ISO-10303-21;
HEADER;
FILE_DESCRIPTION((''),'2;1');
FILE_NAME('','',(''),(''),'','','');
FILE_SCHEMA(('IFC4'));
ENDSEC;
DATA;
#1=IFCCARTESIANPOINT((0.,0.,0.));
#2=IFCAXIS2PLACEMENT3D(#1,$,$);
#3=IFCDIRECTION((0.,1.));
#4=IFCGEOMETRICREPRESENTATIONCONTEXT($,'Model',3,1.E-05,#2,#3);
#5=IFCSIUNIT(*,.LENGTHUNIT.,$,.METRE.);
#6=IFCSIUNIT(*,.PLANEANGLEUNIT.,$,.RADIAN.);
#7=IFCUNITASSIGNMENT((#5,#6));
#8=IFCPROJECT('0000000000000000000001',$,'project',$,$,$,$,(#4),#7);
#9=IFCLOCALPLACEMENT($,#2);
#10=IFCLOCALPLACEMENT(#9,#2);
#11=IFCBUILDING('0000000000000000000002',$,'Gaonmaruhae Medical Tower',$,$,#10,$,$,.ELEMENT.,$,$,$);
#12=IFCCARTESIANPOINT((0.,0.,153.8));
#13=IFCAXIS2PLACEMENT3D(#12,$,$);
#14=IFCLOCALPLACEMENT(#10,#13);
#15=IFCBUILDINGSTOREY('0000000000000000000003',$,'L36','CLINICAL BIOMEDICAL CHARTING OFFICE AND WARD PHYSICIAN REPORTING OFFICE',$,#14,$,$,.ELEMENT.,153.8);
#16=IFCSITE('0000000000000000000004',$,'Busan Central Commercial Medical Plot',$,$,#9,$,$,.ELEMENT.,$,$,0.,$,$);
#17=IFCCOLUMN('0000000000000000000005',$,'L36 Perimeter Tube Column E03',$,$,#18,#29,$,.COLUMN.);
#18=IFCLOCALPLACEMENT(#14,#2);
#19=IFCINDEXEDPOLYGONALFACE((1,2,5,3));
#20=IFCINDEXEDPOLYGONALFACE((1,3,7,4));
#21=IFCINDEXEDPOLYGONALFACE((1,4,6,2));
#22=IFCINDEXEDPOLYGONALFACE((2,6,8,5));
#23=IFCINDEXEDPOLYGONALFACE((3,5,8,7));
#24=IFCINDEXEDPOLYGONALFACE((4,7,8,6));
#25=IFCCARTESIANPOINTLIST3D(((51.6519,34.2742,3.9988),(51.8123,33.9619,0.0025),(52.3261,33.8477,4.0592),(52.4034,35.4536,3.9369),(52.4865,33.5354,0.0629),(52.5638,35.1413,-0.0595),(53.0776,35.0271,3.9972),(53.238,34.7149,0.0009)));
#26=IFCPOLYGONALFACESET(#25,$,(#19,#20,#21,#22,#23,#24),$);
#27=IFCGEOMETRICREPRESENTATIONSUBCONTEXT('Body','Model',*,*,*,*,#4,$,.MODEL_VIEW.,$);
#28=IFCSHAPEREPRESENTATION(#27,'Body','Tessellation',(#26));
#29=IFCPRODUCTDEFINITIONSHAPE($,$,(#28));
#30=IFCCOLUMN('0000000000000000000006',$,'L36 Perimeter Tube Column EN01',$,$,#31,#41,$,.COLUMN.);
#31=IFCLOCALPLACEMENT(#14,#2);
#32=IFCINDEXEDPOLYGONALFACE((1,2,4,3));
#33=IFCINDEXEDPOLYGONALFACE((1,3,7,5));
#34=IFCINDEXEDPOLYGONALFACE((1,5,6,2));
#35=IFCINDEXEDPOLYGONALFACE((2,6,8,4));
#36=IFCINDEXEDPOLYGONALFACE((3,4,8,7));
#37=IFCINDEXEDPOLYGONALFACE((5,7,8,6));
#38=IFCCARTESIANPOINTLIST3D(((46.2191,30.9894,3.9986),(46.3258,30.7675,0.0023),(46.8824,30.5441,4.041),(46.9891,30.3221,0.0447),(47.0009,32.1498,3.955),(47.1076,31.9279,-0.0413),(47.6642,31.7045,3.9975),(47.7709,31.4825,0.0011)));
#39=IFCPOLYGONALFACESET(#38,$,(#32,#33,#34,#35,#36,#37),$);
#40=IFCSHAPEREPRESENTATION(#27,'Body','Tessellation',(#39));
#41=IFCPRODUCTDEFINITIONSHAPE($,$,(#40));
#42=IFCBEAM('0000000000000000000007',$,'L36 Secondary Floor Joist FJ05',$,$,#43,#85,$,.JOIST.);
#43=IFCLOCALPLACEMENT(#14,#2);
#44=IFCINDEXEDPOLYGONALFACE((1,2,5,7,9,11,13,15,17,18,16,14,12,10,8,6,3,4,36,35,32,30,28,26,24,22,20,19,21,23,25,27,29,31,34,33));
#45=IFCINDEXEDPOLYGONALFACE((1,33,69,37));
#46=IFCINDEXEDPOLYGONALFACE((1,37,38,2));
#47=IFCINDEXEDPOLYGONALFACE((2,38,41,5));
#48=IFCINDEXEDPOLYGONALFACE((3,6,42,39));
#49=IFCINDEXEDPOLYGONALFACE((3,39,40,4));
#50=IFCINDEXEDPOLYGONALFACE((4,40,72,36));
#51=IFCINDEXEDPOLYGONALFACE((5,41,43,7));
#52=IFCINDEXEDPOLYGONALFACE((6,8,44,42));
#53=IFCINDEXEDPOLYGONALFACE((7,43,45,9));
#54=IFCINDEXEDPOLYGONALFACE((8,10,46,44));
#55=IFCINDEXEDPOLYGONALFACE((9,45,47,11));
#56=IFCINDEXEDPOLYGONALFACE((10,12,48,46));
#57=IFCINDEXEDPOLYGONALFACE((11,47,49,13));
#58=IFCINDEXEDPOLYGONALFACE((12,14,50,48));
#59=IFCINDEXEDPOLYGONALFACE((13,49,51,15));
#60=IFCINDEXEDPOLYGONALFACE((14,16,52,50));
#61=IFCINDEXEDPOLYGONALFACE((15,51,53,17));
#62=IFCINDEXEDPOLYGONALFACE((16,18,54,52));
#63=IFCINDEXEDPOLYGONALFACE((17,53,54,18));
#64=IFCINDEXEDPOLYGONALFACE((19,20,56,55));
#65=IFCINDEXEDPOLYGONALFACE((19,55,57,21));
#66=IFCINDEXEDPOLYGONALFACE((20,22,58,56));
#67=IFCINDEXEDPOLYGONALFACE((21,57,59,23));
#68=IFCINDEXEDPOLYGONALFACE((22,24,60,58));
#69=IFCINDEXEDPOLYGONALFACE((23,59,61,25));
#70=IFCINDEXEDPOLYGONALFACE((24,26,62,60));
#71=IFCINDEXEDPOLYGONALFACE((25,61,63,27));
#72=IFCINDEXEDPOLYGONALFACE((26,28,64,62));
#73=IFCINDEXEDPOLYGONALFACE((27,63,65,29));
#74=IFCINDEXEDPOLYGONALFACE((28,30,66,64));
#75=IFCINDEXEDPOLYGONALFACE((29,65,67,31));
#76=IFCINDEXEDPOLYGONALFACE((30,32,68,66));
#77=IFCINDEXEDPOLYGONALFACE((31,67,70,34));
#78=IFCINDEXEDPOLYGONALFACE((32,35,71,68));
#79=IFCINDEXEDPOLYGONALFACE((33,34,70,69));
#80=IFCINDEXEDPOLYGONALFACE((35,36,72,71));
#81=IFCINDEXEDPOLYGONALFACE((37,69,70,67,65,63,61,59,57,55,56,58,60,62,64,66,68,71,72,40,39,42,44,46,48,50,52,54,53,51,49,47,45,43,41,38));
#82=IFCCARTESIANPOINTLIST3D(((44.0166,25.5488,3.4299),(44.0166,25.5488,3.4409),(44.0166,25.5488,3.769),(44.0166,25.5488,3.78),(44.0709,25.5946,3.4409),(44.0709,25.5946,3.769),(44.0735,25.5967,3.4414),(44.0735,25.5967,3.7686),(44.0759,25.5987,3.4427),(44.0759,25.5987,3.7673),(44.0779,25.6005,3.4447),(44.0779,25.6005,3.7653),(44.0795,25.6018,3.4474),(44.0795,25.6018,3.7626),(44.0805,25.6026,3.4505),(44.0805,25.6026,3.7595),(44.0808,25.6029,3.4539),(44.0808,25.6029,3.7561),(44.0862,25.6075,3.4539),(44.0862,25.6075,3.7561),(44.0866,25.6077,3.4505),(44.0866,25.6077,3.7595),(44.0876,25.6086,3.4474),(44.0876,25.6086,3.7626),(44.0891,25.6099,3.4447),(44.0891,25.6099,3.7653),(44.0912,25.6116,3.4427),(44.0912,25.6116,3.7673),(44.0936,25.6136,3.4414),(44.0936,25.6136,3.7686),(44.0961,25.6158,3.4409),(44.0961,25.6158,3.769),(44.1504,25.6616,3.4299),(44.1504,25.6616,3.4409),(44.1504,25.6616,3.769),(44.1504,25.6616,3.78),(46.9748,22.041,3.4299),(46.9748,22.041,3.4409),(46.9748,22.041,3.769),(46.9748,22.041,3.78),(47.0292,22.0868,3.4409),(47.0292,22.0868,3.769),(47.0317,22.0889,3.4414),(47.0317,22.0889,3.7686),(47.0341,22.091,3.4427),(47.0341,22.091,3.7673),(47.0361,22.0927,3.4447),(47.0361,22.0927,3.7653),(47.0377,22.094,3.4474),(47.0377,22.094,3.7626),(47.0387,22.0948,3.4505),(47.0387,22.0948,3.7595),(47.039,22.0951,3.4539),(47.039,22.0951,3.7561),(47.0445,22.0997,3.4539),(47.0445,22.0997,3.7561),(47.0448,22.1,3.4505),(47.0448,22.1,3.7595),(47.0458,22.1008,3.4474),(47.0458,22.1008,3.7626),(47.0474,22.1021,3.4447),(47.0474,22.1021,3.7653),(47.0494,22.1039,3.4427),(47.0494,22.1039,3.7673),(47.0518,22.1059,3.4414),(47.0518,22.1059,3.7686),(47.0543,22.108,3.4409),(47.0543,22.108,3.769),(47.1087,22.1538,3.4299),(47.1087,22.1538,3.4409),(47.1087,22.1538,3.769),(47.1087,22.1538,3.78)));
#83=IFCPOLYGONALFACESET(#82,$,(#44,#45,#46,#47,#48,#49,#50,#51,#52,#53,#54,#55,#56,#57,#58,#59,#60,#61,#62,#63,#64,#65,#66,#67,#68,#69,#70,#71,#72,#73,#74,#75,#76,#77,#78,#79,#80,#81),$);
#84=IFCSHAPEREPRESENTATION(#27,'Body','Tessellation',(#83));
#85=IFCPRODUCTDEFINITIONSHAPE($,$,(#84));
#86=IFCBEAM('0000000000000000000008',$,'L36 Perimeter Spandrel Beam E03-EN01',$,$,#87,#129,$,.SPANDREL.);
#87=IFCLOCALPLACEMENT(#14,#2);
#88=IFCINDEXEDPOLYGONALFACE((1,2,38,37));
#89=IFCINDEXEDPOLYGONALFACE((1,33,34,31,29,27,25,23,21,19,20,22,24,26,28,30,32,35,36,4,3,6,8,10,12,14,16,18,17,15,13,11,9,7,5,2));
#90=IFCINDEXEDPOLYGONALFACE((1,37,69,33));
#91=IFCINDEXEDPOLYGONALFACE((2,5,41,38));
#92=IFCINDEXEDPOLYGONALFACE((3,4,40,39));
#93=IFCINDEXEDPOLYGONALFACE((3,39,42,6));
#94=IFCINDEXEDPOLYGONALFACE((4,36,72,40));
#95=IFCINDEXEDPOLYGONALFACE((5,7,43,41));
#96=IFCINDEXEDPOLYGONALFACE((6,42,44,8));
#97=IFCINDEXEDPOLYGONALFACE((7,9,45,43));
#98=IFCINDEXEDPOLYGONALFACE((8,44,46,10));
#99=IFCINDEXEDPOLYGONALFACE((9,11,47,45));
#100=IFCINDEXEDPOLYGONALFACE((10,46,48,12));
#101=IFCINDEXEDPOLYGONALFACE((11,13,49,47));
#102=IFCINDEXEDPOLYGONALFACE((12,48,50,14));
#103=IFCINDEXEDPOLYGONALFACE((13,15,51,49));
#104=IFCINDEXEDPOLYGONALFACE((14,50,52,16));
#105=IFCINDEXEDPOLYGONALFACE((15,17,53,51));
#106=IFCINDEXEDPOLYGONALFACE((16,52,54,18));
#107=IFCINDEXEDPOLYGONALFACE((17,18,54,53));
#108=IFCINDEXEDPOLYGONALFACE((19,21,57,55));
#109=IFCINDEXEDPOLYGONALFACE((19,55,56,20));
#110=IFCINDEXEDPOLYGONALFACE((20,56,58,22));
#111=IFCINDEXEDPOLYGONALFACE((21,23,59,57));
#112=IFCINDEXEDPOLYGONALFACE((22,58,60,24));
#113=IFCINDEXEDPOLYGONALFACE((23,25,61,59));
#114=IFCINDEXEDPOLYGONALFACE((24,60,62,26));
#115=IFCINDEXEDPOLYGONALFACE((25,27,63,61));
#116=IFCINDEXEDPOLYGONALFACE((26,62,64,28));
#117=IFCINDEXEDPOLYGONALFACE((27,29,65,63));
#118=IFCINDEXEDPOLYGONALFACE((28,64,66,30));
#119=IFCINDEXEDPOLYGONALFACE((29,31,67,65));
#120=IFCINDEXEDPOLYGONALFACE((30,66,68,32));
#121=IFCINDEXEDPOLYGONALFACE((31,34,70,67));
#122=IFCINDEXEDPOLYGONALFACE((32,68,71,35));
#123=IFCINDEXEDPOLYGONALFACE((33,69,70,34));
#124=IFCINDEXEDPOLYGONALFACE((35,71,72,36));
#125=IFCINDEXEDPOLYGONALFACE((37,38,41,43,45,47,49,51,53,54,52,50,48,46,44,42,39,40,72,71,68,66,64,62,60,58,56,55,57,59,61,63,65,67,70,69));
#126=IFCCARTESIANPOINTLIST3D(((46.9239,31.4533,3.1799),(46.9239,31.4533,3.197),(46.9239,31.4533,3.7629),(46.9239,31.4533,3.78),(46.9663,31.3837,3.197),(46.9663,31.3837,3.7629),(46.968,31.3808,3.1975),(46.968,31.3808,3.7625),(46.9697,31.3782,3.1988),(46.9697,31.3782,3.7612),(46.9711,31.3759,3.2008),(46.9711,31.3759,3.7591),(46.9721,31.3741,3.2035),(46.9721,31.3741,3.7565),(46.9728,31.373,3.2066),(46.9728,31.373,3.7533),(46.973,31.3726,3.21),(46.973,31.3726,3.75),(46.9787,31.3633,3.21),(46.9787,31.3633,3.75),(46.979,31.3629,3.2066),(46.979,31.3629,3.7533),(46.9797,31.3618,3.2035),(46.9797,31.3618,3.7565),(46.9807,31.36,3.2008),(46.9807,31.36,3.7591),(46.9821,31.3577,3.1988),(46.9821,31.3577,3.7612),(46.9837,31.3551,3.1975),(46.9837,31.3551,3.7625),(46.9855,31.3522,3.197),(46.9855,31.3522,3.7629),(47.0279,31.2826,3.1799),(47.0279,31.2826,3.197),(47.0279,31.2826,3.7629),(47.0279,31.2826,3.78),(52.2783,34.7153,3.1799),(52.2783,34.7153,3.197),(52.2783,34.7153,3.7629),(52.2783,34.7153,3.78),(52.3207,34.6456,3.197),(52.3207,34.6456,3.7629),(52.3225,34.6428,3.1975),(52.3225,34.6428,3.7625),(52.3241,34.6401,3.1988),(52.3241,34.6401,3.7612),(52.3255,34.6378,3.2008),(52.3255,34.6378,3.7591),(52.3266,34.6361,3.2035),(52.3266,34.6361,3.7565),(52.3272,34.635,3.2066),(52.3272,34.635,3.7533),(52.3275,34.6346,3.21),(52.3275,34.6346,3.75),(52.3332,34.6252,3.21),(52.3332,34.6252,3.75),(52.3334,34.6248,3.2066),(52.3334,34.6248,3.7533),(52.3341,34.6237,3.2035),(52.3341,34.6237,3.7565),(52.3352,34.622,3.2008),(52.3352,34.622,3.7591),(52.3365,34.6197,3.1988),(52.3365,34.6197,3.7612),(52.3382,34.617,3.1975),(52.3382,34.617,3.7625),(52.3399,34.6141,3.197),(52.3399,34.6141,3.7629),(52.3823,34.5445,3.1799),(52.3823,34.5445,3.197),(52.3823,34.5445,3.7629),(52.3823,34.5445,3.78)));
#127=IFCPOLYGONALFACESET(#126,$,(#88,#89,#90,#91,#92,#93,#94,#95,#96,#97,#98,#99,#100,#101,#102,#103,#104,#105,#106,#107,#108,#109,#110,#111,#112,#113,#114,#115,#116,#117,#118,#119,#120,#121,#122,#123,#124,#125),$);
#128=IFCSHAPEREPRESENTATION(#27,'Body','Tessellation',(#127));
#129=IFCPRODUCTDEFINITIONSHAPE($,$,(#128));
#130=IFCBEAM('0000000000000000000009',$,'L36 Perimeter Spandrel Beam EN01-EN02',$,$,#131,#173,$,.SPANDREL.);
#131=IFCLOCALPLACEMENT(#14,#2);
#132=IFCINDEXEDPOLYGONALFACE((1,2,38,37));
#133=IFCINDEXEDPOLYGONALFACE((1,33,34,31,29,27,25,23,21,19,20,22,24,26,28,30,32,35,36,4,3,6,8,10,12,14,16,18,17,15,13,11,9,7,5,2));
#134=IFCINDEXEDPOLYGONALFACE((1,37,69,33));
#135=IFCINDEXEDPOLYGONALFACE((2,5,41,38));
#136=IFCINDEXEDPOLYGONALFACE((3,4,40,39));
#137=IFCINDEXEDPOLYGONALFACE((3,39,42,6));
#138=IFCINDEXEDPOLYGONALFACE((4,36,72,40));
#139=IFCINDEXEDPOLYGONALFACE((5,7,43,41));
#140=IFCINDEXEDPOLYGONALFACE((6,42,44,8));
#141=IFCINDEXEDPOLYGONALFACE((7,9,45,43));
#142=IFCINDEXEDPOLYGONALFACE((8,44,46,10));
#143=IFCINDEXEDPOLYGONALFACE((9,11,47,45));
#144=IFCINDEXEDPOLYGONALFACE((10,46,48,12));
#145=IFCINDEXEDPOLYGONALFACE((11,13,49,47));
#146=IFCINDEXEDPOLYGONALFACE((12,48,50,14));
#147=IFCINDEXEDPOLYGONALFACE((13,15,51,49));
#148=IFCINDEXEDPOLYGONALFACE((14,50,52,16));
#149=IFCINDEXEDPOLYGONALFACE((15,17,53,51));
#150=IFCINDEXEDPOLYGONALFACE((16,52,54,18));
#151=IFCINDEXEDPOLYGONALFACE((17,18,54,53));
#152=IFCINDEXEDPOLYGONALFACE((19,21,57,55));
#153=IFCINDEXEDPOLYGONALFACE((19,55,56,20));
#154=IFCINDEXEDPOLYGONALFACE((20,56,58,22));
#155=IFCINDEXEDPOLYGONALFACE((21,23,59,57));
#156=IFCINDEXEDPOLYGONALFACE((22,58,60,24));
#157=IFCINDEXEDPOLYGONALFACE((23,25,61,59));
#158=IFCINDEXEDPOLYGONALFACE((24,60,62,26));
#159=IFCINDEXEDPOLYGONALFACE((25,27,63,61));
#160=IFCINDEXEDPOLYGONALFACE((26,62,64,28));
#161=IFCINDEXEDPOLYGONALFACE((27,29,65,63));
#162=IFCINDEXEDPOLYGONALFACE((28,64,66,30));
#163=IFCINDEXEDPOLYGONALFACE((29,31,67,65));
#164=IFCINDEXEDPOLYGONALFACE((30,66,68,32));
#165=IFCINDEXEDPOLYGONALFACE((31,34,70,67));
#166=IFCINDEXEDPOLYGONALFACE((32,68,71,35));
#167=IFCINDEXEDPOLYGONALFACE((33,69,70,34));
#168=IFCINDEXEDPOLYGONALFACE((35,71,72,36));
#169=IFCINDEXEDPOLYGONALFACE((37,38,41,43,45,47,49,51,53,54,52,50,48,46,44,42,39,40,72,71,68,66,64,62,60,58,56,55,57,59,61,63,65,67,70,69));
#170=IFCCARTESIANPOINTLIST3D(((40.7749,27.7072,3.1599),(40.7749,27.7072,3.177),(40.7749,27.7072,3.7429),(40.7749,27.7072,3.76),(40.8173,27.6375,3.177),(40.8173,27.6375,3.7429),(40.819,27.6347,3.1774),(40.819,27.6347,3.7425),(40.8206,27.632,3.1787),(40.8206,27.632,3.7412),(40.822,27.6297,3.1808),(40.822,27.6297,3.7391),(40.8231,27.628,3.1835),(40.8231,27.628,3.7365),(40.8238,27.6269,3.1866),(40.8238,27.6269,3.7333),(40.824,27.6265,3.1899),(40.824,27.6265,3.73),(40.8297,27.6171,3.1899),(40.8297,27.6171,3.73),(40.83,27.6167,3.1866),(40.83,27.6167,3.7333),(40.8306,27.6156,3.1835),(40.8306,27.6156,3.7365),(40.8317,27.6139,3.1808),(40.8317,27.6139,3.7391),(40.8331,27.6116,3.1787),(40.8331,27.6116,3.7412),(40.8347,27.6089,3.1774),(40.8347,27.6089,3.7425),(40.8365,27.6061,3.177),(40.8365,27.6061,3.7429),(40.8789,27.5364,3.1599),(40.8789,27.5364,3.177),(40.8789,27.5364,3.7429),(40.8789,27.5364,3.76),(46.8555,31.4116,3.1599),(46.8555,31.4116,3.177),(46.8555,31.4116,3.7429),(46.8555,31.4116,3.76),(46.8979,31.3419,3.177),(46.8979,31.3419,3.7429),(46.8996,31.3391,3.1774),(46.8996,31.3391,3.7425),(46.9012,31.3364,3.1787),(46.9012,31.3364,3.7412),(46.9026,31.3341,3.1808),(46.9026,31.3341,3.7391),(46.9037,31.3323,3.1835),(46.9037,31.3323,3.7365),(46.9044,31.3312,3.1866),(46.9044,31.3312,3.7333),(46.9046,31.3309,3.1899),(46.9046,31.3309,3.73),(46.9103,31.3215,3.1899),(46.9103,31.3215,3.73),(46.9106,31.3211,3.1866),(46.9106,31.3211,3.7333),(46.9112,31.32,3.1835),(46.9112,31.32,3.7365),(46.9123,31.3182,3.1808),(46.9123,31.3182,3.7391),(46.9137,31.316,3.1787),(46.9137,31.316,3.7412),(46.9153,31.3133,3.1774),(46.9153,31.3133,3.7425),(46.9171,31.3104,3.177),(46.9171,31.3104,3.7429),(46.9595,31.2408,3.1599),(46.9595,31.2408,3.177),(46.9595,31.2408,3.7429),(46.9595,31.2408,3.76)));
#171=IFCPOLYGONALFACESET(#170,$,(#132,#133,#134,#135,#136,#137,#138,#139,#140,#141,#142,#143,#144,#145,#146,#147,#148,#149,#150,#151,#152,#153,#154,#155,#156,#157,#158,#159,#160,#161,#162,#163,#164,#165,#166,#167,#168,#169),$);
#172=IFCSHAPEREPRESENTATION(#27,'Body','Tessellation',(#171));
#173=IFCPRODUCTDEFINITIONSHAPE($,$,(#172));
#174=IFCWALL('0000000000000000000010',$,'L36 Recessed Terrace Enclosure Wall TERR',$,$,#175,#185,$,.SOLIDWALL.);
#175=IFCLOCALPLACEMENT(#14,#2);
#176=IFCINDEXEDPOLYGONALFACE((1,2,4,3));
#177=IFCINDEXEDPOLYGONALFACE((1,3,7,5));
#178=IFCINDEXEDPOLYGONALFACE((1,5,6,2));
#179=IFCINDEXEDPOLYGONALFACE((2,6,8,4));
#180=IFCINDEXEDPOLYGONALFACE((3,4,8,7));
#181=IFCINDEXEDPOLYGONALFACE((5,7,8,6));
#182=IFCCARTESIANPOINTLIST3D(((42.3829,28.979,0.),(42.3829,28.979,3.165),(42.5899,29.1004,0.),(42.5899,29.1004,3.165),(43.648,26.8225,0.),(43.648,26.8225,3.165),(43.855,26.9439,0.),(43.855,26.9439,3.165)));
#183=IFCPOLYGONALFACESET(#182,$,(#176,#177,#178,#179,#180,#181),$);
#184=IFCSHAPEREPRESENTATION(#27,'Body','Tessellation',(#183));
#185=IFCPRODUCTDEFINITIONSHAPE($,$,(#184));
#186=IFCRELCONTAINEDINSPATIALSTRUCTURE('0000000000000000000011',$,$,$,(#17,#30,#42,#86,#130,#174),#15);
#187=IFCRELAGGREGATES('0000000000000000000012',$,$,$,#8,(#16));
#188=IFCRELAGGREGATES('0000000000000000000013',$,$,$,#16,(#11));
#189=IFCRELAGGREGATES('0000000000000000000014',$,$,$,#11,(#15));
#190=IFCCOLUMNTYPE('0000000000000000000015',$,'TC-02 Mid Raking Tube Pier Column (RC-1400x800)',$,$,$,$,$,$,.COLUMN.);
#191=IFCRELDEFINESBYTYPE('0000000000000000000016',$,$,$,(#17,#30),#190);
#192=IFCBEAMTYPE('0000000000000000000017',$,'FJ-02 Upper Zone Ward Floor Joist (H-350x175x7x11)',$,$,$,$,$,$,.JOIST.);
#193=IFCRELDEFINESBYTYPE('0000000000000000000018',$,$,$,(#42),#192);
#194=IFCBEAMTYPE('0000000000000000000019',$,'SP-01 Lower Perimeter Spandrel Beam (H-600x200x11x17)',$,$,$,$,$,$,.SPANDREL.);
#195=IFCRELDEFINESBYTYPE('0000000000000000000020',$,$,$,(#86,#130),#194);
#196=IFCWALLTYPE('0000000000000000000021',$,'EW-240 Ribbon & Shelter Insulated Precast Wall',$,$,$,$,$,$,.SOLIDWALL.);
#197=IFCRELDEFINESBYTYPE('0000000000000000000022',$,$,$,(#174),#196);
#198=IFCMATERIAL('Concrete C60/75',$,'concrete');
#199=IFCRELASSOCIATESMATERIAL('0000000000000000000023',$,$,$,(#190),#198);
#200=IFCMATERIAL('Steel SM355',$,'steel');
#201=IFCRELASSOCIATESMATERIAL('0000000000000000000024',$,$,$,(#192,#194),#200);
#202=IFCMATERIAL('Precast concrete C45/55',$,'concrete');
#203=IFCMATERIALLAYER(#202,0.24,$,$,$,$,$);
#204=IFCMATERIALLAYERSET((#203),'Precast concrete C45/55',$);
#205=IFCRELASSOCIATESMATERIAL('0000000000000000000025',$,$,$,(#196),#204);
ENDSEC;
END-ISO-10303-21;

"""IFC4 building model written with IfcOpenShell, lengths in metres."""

from ifc_helpers import new_model, si_unit, direction, frame, frame_2d, origin, origin_2d, place, context, subcontext, project, spatial, rectangle, i_section, extrude, material, layer, layer_set, material_profile, profile_set, type_object, element, save


model = new_model("IFC4")

# Units and contexts
model_context = context("Model", 3, precision=1e-05, world=origin(), true_north=direction((0.0, 1.0)))
body_context = subcontext(model_context, "Body", "Model", "MODEL_VIEW")
ifc_project = project(units=[si_unit("LENGTHUNIT", "METRE"), si_unit("PLANEANGLEUNIT", "RADIAN")], contexts=[model_context])

# Site, building, storey
site_placement = place(None, origin())
site = spatial("IfcSite", under=ifc_project, at=site_placement, Name="Busan Central Commercial Medical Plot", CompositionType="ELEMENT", RefElevation=0.0)
building_placement = place(site_placement, origin())
building = spatial("IfcBuilding", under=site, at=building_placement, Name="Gaonmaruhae Medical Tower", CompositionType="ELEMENT")
storey_placement = place(building_placement, frame((0.0, 0.0, 153.8)))
storey = spatial("IfcBuildingStorey", under=building, at=storey_placement, Name="L36", Description="CLINICAL BIOMEDICAL CHARTING OFFICE AND WARD PHYSICIAN REPORTING OFFICE", CompositionType="ELEMENT", Elevation=153.8)

# Columns
ifc_material_1 = material(Name="Concrete C60/75", Category="concrete")
ifc_material_profile_1 = material_profile(ifc_material_1, rectangle(XDim=1.3999, YDim=0.8, at=origin_2d()), Name="RC-1400x800")
ifc_profile_set_1 = profile_set([ifc_material_profile_1], Name="Concrete C60/75")
column_type = type_object("IfcColumnType", Name="TC-02 Mid Raking Tube Pier Column (RC-1400x800)", PredefinedType="COLUMN", material=ifc_profile_set_1)
column_1_placement = place(storey_placement, frame((52.5251, 34.3384, 0.0017), z_axis=(-0.039983, 0.077836, 0.996164), x_axis=(-0.536879, -0.842496, 0.04428)))
element("IfcColumn", 1, at=column_1_placement, inside=storey, type_object=column_type, Name="L36 Perimeter Tube Column E03", PredefinedType="COLUMN", context=body_context, shape_type="SweptSolid", body=[
    extrude(rectangle(XDim=1.3999, YDim=0.8, at=origin_2d()), origin(), (0.0, 0.0, 1.0), 4.0117),
])
column_2_placement = place(storey_placement, frame((47.0483, 31.125, 0.0017), z_axis=(-0.026646, 0.055427, 0.998107), x_axis=(-0.55851, -0.828914, 0.031121)))
element("IfcColumn", 2, at=column_2_placement, inside=storey, type_object=column_type, Name="L36 Perimeter Tube Column EN01", PredefinedType="COLUMN", context=body_context, shape_type="SweptSolid", body=[
    extrude(rectangle(XDim=1.3999, YDim=0.8, at=origin_2d()), origin(), (0.0, 0.0, 1.0), 4.0039),
])

# Beams
ifc_material_2 = material(Name="Steel SM355", Category="steel")
ifc_material_profile_2 = material_profile(ifc_material_2, i_section(OverallWidth=0.175, OverallDepth=0.3501, WebThickness=0.0071, FlangeThickness=0.011, FilletRadius=0.0129, at=origin_2d()), Name="H-350x175x7x11")
ifc_profile_set_2 = profile_set([ifc_material_profile_2], Name="Steel SM355")
beam_type_1 = type_object("IfcBeamType", Name="FJ-02 Upper Zone Ward Floor Joist (H-350x175x7x11)", PredefinedType="JOIST", material=ifc_profile_set_2)
beam_1_placement = place(storey_placement, frame((47.0417, 22.0974, 3.605), z_axis=(-0.644684, 0.764449, 0.0), x_axis=(-0.764449, -0.644684, 0.0)))
element("IfcBeam", 3, at=beam_1_placement, inside=storey, type_object=beam_type_1, Name="L36 Secondary Floor Joist FJ05", PredefinedType="JOIST", context=body_context, shape_type="SweptSolid", body=[
    extrude(i_section(OverallWidth=0.175, OverallDepth=0.3501, WebThickness=0.0071, FlangeThickness=0.011, FilletRadius=0.0129, at=origin_2d()), origin(), (0.0, 0.0, 1.0), 4.5886),
])
ifc_material_profile_3 = material_profile(ifc_material_2, i_section(OverallWidth=0.2, OverallDepth=0.6001, WebThickness=0.011, FlangeThickness=0.0171, FilletRadius=0.0129, at=origin_2d()), Name="H-600x200x11x17")
ifc_profile_set_3 = profile_set([ifc_material_profile_3], Name="Steel SM355")
beam_type_2 = type_object("IfcBeamType", Name="SP-01 Lower Perimeter Spandrel Beam (H-600x200x11x17)", PredefinedType="SPANDREL", material=ifc_profile_set_3)
beam_2_placement = place(storey_placement, frame((52.3303, 34.6299, 3.48), z_axis=(-0.854007, -0.520262, 0.0), x_axis=(0.520262, -0.854007, 0.0)))
element("IfcBeam", 4, at=beam_2_placement, inside=storey, type_object=beam_type_2, Name="L36 Perimeter Spandrel Beam E03-EN01", PredefinedType="SPANDREL", context=body_context, shape_type="SweptSolid", body=[
    extrude(i_section(OverallWidth=0.2, OverallDepth=0.6001, WebThickness=0.011, FlangeThickness=0.0171, FilletRadius=0.0129, at=origin_2d()), origin(), (0.0, 0.0, 1.0), 6.2698),
])
beam_3_placement = place(storey_placement, frame((46.9075, 31.3262, 3.46), z_axis=(-0.854003, -0.520268, 0.0), x_axis=(0.520268, -0.854003, 0.0)))
element("IfcBeam", 5, at=beam_3_placement, inside=storey, type_object=beam_type_2, Name="L36 Perimeter Spandrel Beam EN01-EN02", PredefinedType="SPANDREL", context=body_context, shape_type="SweptSolid", body=[
    extrude(i_section(OverallWidth=0.2, OverallDepth=0.6001, WebThickness=0.011, FlangeThickness=0.0171, FilletRadius=0.0129, at=origin_2d()), origin(), (0.0, 0.0, 1.0), 7.1201),
])

# Wall
ifc_material_3 = material(Name="Precast concrete C45/55", Category="concrete")
ifc_layer_1 = layer(ifc_material_3, 0.24)
ifc_layer_set_1 = layer_set([ifc_layer_1], Name="Precast concrete C45/55")
wall_type_1 = type_object("IfcWallType", Name="EW-240 Ribbon & Shelter Insulated Precast Wall", PredefinedType="SOLIDWALL", material=ifc_layer_set_1)
wall_1_placement = place(storey_placement, frame((43.7515, 26.8833, 0.0), z_axis=(0.0, 0.0, 1.0), x_axis=(-0.506013, 0.862526, 0.0)))
element("IfcWall", 6, at=wall_1_placement, inside=storey, type_object=wall_type_1, Name="L36 Recessed Terrace Enclosure Wall TERR", PredefinedType="SOLIDWALL", context=body_context, shape_type="SweptSolid", body=[
    extrude(rectangle(XDim=2.5002, YDim=0.24, at=frame_2d((1.25, 0.0))), origin(), (0.0, 0.0, 1.0), 3.165),
])

save(model, "model.ifc")
